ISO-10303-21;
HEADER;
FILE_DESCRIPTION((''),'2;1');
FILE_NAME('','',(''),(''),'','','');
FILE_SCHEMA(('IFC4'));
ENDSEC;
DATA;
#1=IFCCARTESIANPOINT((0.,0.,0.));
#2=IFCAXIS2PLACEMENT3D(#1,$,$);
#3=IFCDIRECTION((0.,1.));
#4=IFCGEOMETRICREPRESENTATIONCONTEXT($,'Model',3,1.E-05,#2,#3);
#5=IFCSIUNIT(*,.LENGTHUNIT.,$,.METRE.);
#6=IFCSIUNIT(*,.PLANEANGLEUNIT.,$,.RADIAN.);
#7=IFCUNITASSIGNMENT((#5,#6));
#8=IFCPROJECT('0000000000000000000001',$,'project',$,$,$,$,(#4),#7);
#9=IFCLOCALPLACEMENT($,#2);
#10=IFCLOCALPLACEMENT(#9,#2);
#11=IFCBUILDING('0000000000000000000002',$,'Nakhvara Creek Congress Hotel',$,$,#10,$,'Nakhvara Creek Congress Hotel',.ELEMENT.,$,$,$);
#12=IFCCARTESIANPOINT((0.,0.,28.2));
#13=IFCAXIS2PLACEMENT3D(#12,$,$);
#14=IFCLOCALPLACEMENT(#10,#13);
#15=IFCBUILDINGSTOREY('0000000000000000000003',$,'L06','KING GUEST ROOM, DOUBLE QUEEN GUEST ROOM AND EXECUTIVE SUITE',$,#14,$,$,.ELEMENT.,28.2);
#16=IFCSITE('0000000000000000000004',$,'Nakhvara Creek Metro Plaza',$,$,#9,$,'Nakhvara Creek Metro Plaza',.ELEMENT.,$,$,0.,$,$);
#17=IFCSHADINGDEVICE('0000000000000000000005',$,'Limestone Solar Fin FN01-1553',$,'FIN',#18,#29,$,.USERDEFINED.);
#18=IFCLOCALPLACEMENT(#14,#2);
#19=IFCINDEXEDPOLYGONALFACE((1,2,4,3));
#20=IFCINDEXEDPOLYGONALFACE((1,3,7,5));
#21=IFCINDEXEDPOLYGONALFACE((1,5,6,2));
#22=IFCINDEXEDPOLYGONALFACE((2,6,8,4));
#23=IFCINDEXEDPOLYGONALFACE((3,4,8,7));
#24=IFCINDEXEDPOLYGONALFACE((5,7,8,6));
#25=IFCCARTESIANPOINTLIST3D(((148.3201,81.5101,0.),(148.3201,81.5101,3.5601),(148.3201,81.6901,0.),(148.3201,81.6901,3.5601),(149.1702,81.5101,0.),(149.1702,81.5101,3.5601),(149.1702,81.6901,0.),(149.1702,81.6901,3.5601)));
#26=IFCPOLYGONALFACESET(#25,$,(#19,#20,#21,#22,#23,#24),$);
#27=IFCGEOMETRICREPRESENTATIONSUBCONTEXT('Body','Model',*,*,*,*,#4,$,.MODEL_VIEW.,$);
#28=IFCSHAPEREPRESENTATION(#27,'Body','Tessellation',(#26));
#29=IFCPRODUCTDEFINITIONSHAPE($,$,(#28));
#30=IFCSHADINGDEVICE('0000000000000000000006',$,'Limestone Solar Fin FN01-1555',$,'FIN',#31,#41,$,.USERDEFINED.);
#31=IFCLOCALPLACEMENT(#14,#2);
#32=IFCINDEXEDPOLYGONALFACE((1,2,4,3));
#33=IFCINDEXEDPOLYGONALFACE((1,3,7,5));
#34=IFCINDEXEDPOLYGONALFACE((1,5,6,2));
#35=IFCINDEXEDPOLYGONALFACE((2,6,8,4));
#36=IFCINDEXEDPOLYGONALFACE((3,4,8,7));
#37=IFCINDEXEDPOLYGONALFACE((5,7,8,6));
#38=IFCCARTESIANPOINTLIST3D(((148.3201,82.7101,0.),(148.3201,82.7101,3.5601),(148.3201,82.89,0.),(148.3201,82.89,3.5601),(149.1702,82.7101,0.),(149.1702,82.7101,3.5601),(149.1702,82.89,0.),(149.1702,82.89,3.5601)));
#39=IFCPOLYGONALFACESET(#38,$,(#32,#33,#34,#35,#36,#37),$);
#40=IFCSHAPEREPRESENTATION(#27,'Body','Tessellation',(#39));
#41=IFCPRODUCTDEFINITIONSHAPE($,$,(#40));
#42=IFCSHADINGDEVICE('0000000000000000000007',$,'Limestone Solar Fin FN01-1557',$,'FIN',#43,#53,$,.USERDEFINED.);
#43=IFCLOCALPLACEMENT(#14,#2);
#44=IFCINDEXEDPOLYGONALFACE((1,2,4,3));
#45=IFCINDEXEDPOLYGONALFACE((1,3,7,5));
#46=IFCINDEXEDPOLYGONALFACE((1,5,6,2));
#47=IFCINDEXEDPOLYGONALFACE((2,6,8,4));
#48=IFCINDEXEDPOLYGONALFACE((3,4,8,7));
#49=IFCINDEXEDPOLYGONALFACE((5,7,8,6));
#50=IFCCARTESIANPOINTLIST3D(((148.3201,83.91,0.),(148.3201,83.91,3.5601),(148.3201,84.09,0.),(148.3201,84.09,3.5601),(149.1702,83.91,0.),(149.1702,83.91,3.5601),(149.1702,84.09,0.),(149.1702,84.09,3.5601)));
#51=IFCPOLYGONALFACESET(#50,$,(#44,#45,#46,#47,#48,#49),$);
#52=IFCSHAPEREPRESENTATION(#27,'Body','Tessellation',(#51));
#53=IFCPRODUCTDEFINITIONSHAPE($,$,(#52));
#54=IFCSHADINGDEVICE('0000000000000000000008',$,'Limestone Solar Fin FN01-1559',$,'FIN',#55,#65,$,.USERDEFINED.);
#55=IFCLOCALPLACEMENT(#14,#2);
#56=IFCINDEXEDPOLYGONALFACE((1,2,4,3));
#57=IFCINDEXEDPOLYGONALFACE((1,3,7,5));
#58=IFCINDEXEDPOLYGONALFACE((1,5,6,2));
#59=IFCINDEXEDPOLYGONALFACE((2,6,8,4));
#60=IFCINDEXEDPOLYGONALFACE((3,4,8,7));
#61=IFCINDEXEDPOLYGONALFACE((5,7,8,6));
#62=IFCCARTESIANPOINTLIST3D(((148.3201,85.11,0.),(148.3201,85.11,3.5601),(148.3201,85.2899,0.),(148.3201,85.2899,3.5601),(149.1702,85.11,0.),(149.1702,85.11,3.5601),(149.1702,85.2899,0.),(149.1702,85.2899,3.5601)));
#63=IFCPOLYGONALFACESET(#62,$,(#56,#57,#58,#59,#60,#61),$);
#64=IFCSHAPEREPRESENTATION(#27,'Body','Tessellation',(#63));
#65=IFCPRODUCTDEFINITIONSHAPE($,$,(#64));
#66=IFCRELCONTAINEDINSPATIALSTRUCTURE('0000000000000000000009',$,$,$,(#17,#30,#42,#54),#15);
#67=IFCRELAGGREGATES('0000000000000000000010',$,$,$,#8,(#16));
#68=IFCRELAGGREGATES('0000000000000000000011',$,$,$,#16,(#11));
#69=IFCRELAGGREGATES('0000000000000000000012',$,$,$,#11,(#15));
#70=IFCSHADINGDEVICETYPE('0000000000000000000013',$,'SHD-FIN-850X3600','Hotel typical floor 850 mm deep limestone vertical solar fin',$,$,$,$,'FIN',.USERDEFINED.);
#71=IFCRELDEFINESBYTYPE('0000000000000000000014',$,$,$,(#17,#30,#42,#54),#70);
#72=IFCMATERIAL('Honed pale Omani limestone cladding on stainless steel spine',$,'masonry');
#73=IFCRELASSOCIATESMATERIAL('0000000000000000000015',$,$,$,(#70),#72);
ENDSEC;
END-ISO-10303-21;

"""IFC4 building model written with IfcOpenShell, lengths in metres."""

from ifc_helpers import new_model, si_unit, direction, frame, origin, origin_2d, place, context, subcontext, project, spatial, rectangle, extrude, material, type_object, element, save


model = new_model("IFC4")

# Units and contexts
model_context = context("Model", 3, precision=1e-05, world=origin(), true_north=direction((0.0, 1.0)))
body_context = subcontext(model_context, "Body", "Model", "MODEL_VIEW")
ifc_project = project(units=[si_unit("LENGTHUNIT", "METRE"), si_unit("PLANEANGLEUNIT", "RADIAN")], contexts=[model_context])

# Site, building, storey
site_placement = place(None, origin())
site = spatial("IfcSite", under=ifc_project, at=site_placement, Name="Nakhvara Creek Metro Plaza", LongName="Nakhvara Creek Metro Plaza", CompositionType="ELEMENT", RefElevation=0.0)
building_placement = place(site_placement, origin())
building = spatial("IfcBuilding", under=site, at=building_placement, Name="Nakhvara Creek Congress Hotel", LongName="Nakhvara Creek Congress Hotel", CompositionType="ELEMENT")
storey_placement = place(building_placement, frame((0.0, 0.0, 28.2)))
storey = spatial("IfcBuildingStorey", under=building, at=storey_placement, Name="L06", Description="KING GUEST ROOM, DOUBLE QUEEN GUEST ROOM AND EXECUTIVE SUITE", CompositionType="ELEMENT", Elevation=28.2)

# Shading devices
ifc_material_1 = material(Name="Honed pale Omani limestone cladding on stainless steel spine", Category="masonry")
shading_device_type = type_object("IfcShadingDeviceType", Name="SHD-FIN-850X3600", Description="Hotel typical floor 850 mm deep limestone vertical solar fin", ElementType="FIN", PredefinedType="USERDEFINED", material=ifc_material_1)
for number, where, z_axis, x_axis, name in (
    (1, (148.7451, 81.6001, 0.0), (0.0, 0.0, 1.0), (0.0, 1.0, 0.0), "Limestone Solar Fin FN01-1553"),
    (2, (148.7451, 82.8, 0.0), (0.0, 0.0, 1.0), (0.0, 1.0, 0.0), "Limestone Solar Fin FN01-1555"),
    (3, (148.7451, 84.0, 0.0), (0.0, 0.0, 1.0), (0.0, 1.0, 0.0), "Limestone Solar Fin FN01-1557"),
    (4, (148.7451, 85.2, 0.0), (0.0, 0.0, 1.0), (0.0, 1.0, 0.0), "Limestone Solar Fin FN01-1559"),
):
    element("IfcShadingDevice", number, at=place(storey_placement, frame(where, z_axis=z_axis, x_axis=x_axis)), inside=storey, type_object=shading_device_type, Name=name, ObjectType="FIN", PredefinedType="USERDEFINED", context=body_context, shape_type="SweptSolid", body=[
        extrude(rectangle(XDim=0.1799, YDim=0.8501, at=origin_2d()), origin(), (0.0, 0.0, 1.0), 3.5601),
    ])

save(model, "model.ifc")
